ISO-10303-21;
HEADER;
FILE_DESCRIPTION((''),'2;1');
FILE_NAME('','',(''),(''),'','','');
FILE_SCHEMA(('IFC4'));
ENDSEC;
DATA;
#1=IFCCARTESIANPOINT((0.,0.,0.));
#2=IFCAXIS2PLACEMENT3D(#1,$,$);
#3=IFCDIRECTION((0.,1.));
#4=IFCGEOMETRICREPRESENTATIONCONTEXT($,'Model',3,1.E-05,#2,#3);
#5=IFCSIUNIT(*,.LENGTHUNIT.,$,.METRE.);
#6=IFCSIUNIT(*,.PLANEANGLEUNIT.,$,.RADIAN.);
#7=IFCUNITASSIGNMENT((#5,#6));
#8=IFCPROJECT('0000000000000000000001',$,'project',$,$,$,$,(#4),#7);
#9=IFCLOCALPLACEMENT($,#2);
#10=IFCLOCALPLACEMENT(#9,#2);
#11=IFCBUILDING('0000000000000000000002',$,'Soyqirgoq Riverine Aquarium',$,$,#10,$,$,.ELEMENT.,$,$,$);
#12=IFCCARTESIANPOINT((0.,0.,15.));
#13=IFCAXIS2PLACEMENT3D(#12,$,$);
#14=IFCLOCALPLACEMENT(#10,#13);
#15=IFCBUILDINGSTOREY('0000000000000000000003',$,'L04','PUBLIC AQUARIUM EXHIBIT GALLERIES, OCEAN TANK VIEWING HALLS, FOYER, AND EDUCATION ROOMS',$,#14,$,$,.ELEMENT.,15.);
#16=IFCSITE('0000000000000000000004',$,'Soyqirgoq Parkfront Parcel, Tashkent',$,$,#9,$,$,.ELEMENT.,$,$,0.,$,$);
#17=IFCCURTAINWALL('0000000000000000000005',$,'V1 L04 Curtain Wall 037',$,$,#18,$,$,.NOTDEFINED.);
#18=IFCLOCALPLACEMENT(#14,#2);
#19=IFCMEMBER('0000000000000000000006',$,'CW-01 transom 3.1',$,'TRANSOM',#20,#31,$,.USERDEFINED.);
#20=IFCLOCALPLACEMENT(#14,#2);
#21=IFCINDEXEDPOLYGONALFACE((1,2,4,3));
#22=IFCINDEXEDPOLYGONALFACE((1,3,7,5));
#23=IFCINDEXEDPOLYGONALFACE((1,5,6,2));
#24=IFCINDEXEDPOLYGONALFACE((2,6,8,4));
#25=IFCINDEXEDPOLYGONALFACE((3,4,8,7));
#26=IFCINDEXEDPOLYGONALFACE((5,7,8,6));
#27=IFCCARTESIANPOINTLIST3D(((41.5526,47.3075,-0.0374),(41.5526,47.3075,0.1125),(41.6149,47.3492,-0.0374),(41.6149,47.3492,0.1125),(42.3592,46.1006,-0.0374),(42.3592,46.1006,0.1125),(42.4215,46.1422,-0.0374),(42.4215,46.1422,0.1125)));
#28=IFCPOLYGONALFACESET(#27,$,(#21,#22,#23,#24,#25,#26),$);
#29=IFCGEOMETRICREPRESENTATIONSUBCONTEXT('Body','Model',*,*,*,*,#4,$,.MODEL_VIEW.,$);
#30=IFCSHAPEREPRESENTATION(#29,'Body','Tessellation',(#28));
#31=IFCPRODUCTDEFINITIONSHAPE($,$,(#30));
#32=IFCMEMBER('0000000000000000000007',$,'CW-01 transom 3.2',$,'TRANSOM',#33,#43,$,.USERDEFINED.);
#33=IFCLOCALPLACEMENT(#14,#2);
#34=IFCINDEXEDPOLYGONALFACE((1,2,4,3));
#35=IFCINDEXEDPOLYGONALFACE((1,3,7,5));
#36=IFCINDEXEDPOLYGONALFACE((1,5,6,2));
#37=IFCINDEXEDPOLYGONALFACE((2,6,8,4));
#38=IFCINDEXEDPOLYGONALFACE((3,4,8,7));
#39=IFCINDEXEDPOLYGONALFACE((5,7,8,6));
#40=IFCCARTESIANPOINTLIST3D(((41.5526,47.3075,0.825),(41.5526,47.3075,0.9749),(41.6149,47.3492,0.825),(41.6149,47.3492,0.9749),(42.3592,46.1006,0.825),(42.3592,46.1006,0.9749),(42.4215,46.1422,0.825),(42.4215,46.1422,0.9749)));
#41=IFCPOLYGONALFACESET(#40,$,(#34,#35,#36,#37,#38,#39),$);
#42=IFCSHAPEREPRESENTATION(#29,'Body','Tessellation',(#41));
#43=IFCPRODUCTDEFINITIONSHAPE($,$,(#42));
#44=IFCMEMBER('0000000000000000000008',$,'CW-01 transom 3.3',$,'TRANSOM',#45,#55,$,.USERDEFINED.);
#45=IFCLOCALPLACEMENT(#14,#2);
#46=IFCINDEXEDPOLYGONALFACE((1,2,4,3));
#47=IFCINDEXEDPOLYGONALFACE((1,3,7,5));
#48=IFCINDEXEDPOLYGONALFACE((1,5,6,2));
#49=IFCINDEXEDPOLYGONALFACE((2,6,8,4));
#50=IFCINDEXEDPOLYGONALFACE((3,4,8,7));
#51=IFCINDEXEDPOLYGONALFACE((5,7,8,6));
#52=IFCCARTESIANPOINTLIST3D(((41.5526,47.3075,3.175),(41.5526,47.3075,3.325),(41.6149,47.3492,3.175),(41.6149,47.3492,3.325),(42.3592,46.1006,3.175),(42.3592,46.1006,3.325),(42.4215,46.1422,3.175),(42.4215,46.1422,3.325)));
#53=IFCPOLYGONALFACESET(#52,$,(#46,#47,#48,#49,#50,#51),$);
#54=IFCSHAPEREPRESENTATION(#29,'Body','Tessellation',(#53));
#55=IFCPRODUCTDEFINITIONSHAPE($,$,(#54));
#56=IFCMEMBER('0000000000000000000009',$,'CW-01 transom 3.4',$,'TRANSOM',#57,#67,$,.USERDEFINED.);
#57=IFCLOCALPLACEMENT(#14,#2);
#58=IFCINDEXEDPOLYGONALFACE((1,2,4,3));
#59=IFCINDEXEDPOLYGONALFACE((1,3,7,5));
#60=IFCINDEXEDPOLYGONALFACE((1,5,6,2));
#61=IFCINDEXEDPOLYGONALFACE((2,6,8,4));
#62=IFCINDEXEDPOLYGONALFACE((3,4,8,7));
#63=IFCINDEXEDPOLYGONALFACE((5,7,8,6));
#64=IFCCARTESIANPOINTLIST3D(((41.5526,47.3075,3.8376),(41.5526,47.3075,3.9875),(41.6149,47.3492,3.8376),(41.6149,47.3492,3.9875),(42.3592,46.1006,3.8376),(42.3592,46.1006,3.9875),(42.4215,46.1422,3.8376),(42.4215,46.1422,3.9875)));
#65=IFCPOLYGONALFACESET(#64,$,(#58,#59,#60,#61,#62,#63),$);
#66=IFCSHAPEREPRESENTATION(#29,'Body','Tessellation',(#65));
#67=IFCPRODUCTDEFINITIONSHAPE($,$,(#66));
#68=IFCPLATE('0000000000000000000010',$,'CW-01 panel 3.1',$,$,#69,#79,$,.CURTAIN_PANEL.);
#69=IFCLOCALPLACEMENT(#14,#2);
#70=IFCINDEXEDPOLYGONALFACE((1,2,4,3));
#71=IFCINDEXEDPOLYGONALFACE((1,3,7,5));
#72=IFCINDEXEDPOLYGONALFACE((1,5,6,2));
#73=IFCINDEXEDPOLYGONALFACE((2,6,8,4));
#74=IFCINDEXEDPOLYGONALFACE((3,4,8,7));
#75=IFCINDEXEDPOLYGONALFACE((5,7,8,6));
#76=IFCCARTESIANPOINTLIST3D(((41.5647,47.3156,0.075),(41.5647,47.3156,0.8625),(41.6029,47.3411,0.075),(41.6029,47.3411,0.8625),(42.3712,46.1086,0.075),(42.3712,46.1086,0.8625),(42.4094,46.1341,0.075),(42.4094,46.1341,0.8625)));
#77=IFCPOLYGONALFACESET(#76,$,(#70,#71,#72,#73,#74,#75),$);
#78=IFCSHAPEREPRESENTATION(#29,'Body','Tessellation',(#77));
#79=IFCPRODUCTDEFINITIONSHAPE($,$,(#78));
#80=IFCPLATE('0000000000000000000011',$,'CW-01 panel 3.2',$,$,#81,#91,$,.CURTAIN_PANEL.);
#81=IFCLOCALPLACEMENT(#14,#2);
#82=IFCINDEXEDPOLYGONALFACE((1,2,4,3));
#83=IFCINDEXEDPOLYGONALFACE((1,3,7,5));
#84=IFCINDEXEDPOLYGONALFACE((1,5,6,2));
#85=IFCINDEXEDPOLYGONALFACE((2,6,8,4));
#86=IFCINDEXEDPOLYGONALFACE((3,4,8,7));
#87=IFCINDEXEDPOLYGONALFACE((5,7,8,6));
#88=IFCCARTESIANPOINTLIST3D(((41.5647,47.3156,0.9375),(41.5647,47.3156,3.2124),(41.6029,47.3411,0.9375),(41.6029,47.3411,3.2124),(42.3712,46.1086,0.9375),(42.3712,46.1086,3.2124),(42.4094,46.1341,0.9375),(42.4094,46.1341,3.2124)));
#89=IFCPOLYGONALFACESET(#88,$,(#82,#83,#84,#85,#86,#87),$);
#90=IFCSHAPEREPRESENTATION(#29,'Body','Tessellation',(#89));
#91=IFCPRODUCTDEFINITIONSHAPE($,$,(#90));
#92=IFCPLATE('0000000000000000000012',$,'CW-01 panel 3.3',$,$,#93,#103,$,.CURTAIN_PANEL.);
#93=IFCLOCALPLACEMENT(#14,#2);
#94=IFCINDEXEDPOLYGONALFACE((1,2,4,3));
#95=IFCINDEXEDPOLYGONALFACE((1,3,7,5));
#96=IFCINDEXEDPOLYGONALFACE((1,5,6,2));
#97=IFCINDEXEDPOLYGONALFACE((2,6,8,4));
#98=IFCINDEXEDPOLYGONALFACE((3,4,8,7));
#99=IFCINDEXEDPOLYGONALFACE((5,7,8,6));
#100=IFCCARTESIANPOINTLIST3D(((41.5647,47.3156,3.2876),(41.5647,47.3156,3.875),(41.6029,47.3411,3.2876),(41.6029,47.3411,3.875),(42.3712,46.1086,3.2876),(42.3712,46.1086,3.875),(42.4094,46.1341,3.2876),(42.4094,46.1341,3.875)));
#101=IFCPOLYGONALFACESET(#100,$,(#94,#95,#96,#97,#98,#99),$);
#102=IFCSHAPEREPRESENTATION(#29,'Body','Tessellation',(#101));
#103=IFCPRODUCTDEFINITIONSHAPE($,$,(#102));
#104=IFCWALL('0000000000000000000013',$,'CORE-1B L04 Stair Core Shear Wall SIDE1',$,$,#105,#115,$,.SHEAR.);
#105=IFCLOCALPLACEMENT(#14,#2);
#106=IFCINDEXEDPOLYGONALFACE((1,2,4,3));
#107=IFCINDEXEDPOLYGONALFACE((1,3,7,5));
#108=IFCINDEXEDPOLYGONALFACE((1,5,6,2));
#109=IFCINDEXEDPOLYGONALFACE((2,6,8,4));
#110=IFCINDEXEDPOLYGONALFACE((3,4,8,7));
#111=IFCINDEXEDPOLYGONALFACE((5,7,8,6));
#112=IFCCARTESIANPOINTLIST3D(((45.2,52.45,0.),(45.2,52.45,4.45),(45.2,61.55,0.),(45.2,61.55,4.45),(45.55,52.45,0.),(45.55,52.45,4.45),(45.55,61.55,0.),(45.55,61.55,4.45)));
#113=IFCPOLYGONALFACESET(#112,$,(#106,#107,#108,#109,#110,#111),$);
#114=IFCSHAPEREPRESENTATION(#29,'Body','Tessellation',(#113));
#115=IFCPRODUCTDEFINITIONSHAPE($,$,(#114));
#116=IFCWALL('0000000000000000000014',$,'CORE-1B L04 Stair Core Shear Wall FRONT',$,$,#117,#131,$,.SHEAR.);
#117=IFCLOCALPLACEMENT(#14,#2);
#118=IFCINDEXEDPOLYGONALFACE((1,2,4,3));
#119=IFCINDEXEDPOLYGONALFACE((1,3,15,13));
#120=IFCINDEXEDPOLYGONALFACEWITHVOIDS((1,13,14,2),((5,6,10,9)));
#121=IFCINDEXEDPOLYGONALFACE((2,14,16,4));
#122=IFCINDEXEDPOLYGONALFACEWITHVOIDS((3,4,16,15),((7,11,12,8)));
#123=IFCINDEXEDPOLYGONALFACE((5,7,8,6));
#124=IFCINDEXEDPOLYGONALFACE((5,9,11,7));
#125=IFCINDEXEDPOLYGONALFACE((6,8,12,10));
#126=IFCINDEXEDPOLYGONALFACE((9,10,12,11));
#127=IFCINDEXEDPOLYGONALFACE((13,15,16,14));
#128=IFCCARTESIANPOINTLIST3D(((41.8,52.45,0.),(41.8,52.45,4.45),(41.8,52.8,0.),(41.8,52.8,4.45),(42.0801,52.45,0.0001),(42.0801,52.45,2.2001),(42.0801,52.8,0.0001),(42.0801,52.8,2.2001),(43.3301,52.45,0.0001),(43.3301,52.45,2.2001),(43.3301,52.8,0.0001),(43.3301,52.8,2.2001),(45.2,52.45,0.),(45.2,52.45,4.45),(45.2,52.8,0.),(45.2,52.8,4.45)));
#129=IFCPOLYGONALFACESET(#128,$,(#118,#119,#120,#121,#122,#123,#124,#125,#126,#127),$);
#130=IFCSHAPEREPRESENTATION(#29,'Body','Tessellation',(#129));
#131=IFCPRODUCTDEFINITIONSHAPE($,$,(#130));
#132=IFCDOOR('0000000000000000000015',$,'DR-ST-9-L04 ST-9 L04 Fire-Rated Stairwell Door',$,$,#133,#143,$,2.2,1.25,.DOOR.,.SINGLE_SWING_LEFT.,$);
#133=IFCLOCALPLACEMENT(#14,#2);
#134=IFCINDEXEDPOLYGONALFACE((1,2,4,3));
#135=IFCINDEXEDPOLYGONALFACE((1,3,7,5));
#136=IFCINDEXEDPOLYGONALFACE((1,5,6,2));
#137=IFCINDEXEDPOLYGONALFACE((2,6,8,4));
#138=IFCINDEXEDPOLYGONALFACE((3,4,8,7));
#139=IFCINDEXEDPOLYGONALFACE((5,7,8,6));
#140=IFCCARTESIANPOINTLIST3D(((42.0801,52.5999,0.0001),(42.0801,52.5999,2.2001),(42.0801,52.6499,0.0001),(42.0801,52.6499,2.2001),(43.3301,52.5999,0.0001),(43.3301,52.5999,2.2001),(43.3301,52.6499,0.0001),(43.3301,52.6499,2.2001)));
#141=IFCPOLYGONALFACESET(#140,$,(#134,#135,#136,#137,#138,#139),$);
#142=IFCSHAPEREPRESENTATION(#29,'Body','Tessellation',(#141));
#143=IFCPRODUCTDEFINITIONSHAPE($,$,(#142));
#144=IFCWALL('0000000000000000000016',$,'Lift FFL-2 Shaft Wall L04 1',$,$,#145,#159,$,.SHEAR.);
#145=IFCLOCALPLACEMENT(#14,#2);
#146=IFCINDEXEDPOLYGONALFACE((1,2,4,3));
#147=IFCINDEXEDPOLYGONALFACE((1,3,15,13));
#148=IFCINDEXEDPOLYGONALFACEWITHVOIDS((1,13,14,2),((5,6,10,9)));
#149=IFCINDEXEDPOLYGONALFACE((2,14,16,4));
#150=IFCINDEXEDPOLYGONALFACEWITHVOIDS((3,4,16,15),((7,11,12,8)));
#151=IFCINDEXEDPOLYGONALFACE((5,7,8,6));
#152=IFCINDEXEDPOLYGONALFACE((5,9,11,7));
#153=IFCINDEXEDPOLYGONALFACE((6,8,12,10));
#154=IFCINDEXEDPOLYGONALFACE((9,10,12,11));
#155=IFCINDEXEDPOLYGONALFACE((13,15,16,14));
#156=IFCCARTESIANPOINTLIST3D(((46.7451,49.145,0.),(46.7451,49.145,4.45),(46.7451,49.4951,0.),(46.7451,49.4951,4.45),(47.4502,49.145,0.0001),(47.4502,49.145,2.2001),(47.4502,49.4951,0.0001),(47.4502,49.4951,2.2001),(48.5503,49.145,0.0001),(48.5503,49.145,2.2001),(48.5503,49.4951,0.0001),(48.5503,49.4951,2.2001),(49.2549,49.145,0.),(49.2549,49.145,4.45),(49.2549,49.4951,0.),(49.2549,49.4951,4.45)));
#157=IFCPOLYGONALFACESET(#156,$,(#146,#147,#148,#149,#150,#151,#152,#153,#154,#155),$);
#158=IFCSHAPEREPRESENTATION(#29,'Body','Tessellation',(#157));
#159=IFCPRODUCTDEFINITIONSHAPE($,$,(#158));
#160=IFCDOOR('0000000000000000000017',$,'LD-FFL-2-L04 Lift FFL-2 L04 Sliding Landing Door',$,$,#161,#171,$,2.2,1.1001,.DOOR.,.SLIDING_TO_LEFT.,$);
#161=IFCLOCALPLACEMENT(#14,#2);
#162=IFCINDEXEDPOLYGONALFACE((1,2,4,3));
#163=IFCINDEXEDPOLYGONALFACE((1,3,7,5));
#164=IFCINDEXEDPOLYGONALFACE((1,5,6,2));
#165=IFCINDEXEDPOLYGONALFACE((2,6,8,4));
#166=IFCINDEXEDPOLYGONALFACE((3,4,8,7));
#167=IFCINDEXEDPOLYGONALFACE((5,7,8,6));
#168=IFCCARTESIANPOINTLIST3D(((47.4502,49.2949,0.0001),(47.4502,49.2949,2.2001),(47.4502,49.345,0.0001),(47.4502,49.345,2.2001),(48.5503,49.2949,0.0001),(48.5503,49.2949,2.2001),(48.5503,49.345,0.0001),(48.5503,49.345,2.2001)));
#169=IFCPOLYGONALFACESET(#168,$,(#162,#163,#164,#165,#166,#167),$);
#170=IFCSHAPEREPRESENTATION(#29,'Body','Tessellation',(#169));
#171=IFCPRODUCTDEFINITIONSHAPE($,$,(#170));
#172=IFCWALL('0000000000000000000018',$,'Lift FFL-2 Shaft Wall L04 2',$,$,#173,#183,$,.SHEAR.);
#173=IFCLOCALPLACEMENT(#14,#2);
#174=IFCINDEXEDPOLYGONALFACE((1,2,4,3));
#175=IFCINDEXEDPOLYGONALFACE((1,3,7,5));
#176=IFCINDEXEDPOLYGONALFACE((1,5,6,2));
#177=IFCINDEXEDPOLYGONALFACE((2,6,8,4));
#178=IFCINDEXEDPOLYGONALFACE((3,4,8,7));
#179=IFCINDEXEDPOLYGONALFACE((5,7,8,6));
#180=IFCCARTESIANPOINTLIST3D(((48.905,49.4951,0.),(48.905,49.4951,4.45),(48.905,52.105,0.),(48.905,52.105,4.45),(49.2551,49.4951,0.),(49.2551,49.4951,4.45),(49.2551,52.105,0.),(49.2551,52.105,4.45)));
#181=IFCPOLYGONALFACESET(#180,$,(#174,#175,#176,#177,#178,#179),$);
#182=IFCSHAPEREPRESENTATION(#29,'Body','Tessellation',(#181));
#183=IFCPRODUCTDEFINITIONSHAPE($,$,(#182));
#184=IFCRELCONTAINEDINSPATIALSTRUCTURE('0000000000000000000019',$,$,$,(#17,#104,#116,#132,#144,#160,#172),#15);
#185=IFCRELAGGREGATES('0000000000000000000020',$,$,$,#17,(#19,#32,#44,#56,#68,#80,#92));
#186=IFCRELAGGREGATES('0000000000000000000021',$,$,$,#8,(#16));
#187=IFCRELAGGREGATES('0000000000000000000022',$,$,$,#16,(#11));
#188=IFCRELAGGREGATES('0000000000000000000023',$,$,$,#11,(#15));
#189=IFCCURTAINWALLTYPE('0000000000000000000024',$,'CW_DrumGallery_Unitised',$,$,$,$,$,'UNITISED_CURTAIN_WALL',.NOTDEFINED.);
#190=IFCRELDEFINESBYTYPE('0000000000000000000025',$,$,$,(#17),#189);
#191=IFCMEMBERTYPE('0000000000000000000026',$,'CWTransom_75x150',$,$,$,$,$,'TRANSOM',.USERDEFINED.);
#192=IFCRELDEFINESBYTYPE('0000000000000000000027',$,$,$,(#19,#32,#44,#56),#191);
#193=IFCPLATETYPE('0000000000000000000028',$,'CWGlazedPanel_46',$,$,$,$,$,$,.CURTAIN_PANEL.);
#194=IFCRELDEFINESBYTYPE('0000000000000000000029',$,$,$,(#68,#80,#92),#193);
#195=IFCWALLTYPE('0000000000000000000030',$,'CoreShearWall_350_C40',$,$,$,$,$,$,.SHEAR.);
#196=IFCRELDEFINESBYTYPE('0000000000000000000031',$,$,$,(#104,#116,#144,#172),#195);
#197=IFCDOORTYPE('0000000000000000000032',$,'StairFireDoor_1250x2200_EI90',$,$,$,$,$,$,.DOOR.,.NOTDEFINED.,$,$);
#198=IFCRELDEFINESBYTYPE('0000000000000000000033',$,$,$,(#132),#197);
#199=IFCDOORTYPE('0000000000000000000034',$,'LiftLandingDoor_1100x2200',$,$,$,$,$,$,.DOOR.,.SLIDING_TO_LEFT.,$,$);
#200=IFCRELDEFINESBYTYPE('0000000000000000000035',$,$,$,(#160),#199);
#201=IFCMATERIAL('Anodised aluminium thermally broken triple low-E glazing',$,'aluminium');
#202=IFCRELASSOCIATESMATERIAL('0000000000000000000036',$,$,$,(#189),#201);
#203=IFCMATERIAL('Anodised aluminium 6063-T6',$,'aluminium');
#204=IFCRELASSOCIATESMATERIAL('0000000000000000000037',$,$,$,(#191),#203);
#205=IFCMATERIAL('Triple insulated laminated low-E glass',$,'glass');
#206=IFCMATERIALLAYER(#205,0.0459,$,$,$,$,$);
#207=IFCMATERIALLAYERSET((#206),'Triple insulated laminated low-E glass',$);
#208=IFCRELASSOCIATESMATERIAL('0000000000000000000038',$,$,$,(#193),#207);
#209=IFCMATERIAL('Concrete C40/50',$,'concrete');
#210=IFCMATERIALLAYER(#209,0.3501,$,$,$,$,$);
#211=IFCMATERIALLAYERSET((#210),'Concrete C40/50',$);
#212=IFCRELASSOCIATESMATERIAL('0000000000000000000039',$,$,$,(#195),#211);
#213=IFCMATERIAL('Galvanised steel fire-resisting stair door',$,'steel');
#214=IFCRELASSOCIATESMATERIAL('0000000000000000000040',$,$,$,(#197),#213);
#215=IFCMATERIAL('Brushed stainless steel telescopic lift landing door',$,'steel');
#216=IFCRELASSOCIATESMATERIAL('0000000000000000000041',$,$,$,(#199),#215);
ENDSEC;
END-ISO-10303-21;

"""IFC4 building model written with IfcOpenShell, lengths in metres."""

from ifc_helpers import new_model, si_unit, direction, frame, frame_2d, origin, origin_2d, place, context, subcontext, project, spatial, rectangle, extrude, material, layer, layer_set, material_profile, profile_set, type_object, element, fill, aggregate, save


model = new_model("IFC4")

# Units and contexts
model_context = context("Model", 3, precision=1e-05, world=origin(), true_north=direction((0.0, 1.0)))
body_context = subcontext(model_context, "Body", "Model", "MODEL_VIEW")
ifc_project = project(units=[si_unit("LENGTHUNIT", "METRE"), si_unit("PLANEANGLEUNIT", "RADIAN")], contexts=[model_context])

# Site, building, storey
site_placement = place(None, origin())
site = spatial("IfcSite", under=ifc_project, at=site_placement, Name="Soyqirgoq Parkfront Parcel, Tashkent", CompositionType="ELEMENT", RefElevation=0.0)
building_placement = place(site_placement, origin())
building = spatial("IfcBuilding", under=site, at=building_placement, Name="Soyqirgoq Riverine Aquarium", CompositionType="ELEMENT")
storey_placement = place(building_placement, frame((0.0, 0.0, 15.0)))
storey = spatial("IfcBuildingStorey", under=building, at=storey_placement, Name="L04", Description="PUBLIC AQUARIUM EXHIBIT GALLERIES, OCEAN TANK VIEWING HALLS, FOYER, AND EDUCATION ROOMS", CompositionType="ELEMENT", Elevation=15.0)

# Curtain wall, members, plates
ifc_material_1 = material(Name="Anodised aluminium thermally broken triple low-E glazing", Category="aluminium")
curtain_wall_type = type_object("IfcCurtainWallType", Name="CW_DrumGallery_Unitised", ElementType="UNITISED_CURTAIN_WALL", PredefinedType="NOTDEFINED", material=ifc_material_1)
curtain_wall_placement = place(storey_placement, origin())
curtain_wall = element("IfcCurtainWall", 1, at=curtain_wall_placement, inside=storey, type_object=curtain_wall_type, Name="V1 L04 Curtain Wall 037", PredefinedType="NOTDEFINED")
ifc_material_2 = material(Name="Anodised aluminium 6063-T6", Category="aluminium")
ifc_material_profile = material_profile(ifc_material_2, rectangle(XDim=0.075, YDim=0.1499, at=origin_2d()), Name="ALU-T 75x150")
ifc_profile_set = profile_set([ifc_material_profile], Name="Anodised aluminium 6063-T6")
member_type = type_object("IfcMemberType", Name="CWTransom_75x150", ElementType="TRANSOM", PredefinedType="USERDEFINED", material=ifc_profile_set)
member_1_placement = place(storey_placement, frame((41.5837, 47.3284, 0.0376), z_axis=(0.555631, -0.831429, 0.0), x_axis=(0.831429, 0.555631, 0.0)))
member_1 = element("IfcMember", 2, at=member_1_placement, type_object=member_type, Name="CW-01 transom 3.1", ObjectType="TRANSOM", PredefinedType="USERDEFINED", context=body_context, shape_type="SweptSolid", body=[
    extrude(rectangle(XDim=0.075, YDim=0.1499, at=origin_2d()), origin(), (0.0, 0.0, 1.0), 1.4517),
])
member_2_placement = place(storey_placement, frame((41.5837, 47.3284, 0.8999), z_axis=(0.555631, -0.831429, 0.0), x_axis=(0.831429, 0.555631, 0.0)))
member_2 = element("IfcMember", 3, at=member_2_placement, type_object=member_type, Name="CW-01 transom 3.2", ObjectType="TRANSOM", PredefinedType="USERDEFINED", context=body_context, shape_type="SweptSolid", body=[
    extrude(rectangle(XDim=0.075, YDim=0.1499, at=origin_2d()), origin(), (0.0, 0.0, 1.0), 1.4517),
])
member_3_placement = place(storey_placement, frame((41.5837, 47.3284, 3.25), z_axis=(0.555631, -0.831429, 0.0), x_axis=(0.831429, 0.555631, 0.0)))
member_3 = element("IfcMember", 4, at=member_3_placement, type_object=member_type, Name="CW-01 transom 3.3", ObjectType="TRANSOM", PredefinedType="USERDEFINED", context=body_context, shape_type="SweptSolid", body=[
    extrude(rectangle(XDim=0.075, YDim=0.1499, at=origin_2d()), origin(), (0.0, 0.0, 1.0), 1.4517),
])
member_4_placement = place(storey_placement, frame((41.5837, 47.3284, 3.9126), z_axis=(0.555631, -0.831429, 0.0), x_axis=(0.831429, 0.555631, 0.0)))
member_4 = element("IfcMember", 5, at=member_4_placement, type_object=member_type, Name="CW-01 transom 3.4", ObjectType="TRANSOM", PredefinedType="USERDEFINED", context=body_context, shape_type="SweptSolid", body=[
    extrude(rectangle(XDim=0.075, YDim=0.1499, at=origin_2d()), origin(), (0.0, 0.0, 1.0), 1.4517),
])
ifc_material_3 = material(Name="Triple insulated laminated low-E glass", Category="glass")
ifc_layer_1 = layer(ifc_material_3, 0.0459)
ifc_layer_set_1 = layer_set([ifc_layer_1], Name="Triple insulated laminated low-E glass")
plate_type = type_object("IfcPlateType", Name="CWGlazedPanel_46", PredefinedType="CURTAIN_PANEL", material=ifc_layer_set_1)
plate_1_placement = place(storey_placement, frame((41.9871, 46.7249, 0.075), z_axis=(0.0, 0.0, 1.0), x_axis=(0.555579, -0.831464, 0.0)))
plate_1 = element("IfcPlate", 6, at=plate_1_placement, type_object=plate_type, Name="CW-01 panel 3.1", PredefinedType="CURTAIN_PANEL", context=body_context, shape_type="SweptSolid", body=[
    extrude(rectangle(XDim=1.4517, YDim=0.0459, at=origin_2d()), origin(), (0.0, 0.0, 1.0), 0.7876),
])
plate_2_placement = place(storey_placement, frame((41.9871, 46.7249, 0.9375), z_axis=(0.0, 0.0, 1.0), x_axis=(0.555579, -0.831464, 0.0)))
plate_2 = element("IfcPlate", 7, at=plate_2_placement, type_object=plate_type, Name="CW-01 panel 3.2", PredefinedType="CURTAIN_PANEL", context=body_context, shape_type="SweptSolid", body=[
    extrude(rectangle(XDim=1.4517, YDim=0.0459, at=origin_2d()), origin(), (0.0, 0.0, 1.0), 2.2749),
])
plate_3_placement = place(storey_placement, frame((41.9871, 46.7249, 3.2876), z_axis=(0.0, 0.0, 1.0), x_axis=(0.555579, -0.831464, 0.0)))
plate_3 = element("IfcPlate", 8, at=plate_3_placement, type_object=plate_type, Name="CW-01 panel 3.3", PredefinedType="CURTAIN_PANEL", context=body_context, shape_type="SweptSolid", body=[
    extrude(rectangle(XDim=1.4517, YDim=0.0459, at=origin_2d()), origin(), (0.0, 0.0, 1.0), 0.5874),
])
aggregate(curtain_wall, [member_1, member_2, member_3, member_4, plate_1, plate_2, plate_3])

# Wall
ifc_material_4 = material(Name="Concrete C40/50", Category="concrete")
ifc_layer_2 = layer(ifc_material_4, 0.3501)
ifc_layer_set_2 = layer_set([ifc_layer_2], Name="Concrete C40/50")
wall_type_1 = type_object("IfcWallType", Name="CoreShearWall_350_C40", PredefinedType="SHEAR", material=ifc_layer_set_2)
wall_1_placement = place(storey_placement, frame((45.375, 52.45, 0.0), z_axis=(0.0, 0.0, 1.0), x_axis=(0.0, 1.0, 0.0)))
element("IfcWall", 9, at=wall_1_placement, inside=storey, type_object=wall_type_1, Name="CORE-1B L04 Stair Core Shear Wall SIDE1", PredefinedType="SHEAR", context=body_context, shape_type="SweptSolid", body=[
    extrude(rectangle(XDim=9.1001, YDim=0.3501, at=frame_2d((4.55, 0.0))), origin(), (0.0, 0.0, 1.0), 4.45),
])

# Walls, openings, doors
wall_2_placement = place(storey_placement, frame((41.8, 52.625, 0.0), z_axis=(0.0, 0.0, 1.0), x_axis=(1.0, 0.0, 0.0)))
wall_2 = element("IfcWall", 10, at=wall_2_placement, inside=storey, type_object=wall_type_1, Name="CORE-1B L04 Stair Core Shear Wall FRONT", PredefinedType="SHEAR", context=body_context, shape_type="SweptSolid", body=[
    extrude(rectangle(XDim=3.3999, YDim=0.3501, at=frame_2d((1.7, 0.0))), origin(), (0.0, 0.0, 1.0), 4.45),
])
opening_1_placement = place(wall_2_placement, frame((0.28, 0.0, 0.0)))
opening_1 = element("IfcOpeningElement", 11, at=opening_1_placement, cuts=wall_2, PredefinedType="OPENING", context=body_context, shape_type="SweptSolid", body=[
    extrude(rectangle(XDim=1.25, YDim=2.2, at=frame_2d((0.625, 1.1001))), frame((0.0, 0.1851, 0.0), z_axis=(0.0, -1.0, 0.0), x_axis=(1.0, 0.0, 0.0)), (0.0, 0.0, 1.0), 0.3701),
])
ifc_material_5 = material(Name="Galvanised steel fire-resisting stair door", Category="steel")
door_type_1 = type_object("IfcDoorType", Name="StairFireDoor_1250x2200_EI90", OperationType="NOTDEFINED", PredefinedType="DOOR", material=ifc_material_5)
door_1_placement = place(opening_1_placement, origin())
door_1 = element("IfcDoor", 12, at=door_1_placement, inside=storey, type_object=door_type_1, Name="DR-ST-9-L04 ST-9 L04 Fire-Rated Stairwell Door", OperationType="SINGLE_SWING_LEFT", OverallHeight=2.2, OverallWidth=1.25, PredefinedType="DOOR", context=body_context, shape_type="SweptSolid", body=[
    extrude(rectangle(XDim=1.25, YDim=2.2, at=frame_2d((0.625, 1.1001))), frame((0.0, 0.0249, 0.0), z_axis=(0.0, -1.0, 0.0), x_axis=(1.0, 0.0, 0.0)), (0.0, 0.0, 1.0), 0.05),
])
fill(opening_1, door_1)
wall_3_placement = place(storey_placement, frame((46.7451, 49.3201, 0.0), z_axis=(0.0, 0.0, 1.0), x_axis=(1.0, 0.0, 0.0)))
wall_3 = element("IfcWall", 13, at=wall_3_placement, inside=storey, type_object=wall_type_1, Name="Lift FFL-2 Shaft Wall L04 1", PredefinedType="SHEAR", context=body_context, shape_type="SweptSolid", body=[
    extrude(rectangle(XDim=2.5098, YDim=0.3501, at=frame_2d((1.2549, 0.0))), origin(), (0.0, 0.0, 1.0), 4.45),
])
opening_2_placement = place(wall_3_placement, frame((0.7051, 0.0, 0.0)))
opening_2 = element("IfcOpeningElement", 14, at=opening_2_placement, cuts=wall_3, PredefinedType="OPENING", context=body_context, shape_type="SweptSolid", body=[
    extrude(rectangle(XDim=1.1001, YDim=2.2, at=frame_2d((0.55, 1.1001))), frame((0.0, 0.1851, 0.0), z_axis=(0.0, -1.0, 0.0), x_axis=(1.0, 0.0, 0.0)), (0.0, 0.0, 1.0), 0.3701),
])
ifc_material_6 = material(Name="Brushed stainless steel telescopic lift landing door", Category="steel")
door_type_2 = type_object("IfcDoorType", Name="LiftLandingDoor_1100x2200", OperationType="SLIDING_TO_LEFT", PredefinedType="DOOR", material=ifc_material_6)
door_2_placement = place(opening_2_placement, origin())
door_2 = element("IfcDoor", 15, at=door_2_placement, inside=storey, type_object=door_type_2, Name="LD-FFL-2-L04 Lift FFL-2 L04 Sliding Landing Door", OperationType="SLIDING_TO_LEFT", OverallHeight=2.2, OverallWidth=1.1001, PredefinedType="DOOR", context=body_context, shape_type="SweptSolid", body=[
    extrude(rectangle(XDim=1.1001, YDim=2.2, at=frame_2d((0.55, 1.1001))), frame((0.0, 0.0249, 0.0), z_axis=(0.0, -1.0, 0.0), x_axis=(1.0, 0.0, 0.0)), (0.0, 0.0, 1.0), 0.05),
])
fill(opening_2, door_2)

# Wall
for number, where, z_axis, x_axis, name in (
    (16, (49.0801, 49.4951, 0.0), (0.0, 0.0, 1.0), (0.0, 1.0, 0.0), "Lift FFL-2 Shaft Wall L04 2"),
):
    element("IfcWall", number, at=place(storey_placement, frame(where, z_axis=z_axis, x_axis=x_axis)), inside=storey, type_object=wall_type_1, Name=name, PredefinedType="SHEAR", context=body_context, shape_type="SweptSolid", body=[
        extrude(rectangle(XDim=2.6099, YDim=0.3501, at=frame_2d((1.3049, 0.0))), origin(), (0.0, 0.0, 1.0), 4.45),
    ])

save(model, "model.ifc")
